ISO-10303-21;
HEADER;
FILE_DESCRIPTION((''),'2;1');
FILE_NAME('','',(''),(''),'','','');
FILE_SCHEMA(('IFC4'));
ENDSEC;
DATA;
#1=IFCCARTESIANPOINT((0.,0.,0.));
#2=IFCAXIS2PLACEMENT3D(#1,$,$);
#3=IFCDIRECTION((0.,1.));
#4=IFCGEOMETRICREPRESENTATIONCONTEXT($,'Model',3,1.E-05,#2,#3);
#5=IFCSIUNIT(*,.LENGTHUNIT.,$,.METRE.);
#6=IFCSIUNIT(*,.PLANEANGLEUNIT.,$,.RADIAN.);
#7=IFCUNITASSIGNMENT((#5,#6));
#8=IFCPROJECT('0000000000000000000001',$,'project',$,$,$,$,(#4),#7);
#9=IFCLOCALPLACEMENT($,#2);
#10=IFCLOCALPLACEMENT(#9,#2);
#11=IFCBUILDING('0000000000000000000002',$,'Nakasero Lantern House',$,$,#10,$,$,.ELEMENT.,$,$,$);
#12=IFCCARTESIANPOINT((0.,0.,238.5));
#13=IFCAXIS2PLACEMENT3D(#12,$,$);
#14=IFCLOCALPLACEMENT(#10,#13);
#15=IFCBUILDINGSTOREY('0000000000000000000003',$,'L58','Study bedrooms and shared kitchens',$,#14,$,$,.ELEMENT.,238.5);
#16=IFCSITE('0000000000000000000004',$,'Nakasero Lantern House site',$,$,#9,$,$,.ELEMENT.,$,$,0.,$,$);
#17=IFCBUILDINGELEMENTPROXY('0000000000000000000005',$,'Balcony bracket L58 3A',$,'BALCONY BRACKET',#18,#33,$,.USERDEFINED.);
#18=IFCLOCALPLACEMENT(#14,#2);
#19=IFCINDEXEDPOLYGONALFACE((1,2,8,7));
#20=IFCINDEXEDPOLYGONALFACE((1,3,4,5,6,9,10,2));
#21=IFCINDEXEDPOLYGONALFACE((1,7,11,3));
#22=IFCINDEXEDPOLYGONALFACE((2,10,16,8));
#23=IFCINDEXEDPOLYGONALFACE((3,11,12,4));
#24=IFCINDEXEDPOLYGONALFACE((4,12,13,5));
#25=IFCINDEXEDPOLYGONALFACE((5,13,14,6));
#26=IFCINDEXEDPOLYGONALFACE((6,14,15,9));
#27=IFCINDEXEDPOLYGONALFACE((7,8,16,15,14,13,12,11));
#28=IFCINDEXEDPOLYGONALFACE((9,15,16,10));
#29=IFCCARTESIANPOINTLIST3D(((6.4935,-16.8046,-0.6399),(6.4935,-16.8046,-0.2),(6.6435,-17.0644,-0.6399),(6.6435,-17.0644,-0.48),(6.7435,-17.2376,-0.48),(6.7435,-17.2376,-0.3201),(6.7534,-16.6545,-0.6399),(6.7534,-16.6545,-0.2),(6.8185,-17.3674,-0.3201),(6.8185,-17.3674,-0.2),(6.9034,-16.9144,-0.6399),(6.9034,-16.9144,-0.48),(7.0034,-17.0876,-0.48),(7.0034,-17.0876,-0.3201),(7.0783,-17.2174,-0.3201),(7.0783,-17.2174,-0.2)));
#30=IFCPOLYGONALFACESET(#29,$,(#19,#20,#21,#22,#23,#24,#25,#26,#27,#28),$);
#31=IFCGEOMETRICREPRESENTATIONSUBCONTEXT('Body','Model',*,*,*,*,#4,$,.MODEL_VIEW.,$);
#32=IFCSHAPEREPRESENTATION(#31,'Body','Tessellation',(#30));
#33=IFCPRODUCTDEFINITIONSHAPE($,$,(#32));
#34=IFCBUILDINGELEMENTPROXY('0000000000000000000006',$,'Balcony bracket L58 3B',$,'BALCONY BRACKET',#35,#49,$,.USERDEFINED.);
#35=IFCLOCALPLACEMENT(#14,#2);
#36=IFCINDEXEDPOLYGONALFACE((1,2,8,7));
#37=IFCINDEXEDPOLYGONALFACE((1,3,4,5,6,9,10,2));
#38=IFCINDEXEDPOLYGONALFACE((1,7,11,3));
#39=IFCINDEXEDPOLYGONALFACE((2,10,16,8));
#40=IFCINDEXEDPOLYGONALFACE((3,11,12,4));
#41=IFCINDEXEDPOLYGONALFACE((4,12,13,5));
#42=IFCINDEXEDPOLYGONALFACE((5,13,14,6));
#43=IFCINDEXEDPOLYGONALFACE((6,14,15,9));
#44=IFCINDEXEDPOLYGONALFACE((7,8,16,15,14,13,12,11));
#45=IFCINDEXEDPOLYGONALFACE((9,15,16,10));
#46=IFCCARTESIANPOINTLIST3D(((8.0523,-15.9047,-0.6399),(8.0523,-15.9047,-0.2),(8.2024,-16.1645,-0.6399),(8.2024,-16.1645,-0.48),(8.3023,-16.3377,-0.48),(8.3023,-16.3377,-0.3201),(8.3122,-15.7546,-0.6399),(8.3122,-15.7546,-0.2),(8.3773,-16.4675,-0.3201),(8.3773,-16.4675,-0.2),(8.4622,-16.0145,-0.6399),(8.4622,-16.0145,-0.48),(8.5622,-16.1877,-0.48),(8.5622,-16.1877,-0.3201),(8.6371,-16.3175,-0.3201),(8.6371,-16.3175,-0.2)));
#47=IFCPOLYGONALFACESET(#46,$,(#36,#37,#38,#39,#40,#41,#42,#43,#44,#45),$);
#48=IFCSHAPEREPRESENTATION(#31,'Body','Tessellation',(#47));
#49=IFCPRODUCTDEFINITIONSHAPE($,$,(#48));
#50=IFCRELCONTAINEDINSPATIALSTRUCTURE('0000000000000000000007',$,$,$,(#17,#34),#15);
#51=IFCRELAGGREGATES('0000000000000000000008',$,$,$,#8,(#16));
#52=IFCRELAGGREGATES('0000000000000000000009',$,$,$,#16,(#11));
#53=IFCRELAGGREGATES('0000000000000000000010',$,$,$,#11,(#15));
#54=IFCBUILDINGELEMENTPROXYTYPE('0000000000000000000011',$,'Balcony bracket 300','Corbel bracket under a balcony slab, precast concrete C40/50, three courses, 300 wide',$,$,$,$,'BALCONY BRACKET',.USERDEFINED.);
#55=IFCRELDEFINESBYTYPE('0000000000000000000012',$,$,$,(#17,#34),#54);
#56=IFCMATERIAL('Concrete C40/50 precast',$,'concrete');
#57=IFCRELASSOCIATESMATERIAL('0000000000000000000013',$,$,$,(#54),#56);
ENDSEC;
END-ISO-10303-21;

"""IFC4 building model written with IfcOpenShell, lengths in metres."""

from ifc_helpers import new_model, si_unit, direction, frame, origin, place, context, subcontext, project, spatial, polyline, outline, extrude, material, type_object, element, save


model = new_model("IFC4")

# Units and contexts
model_context = context("Model", 3, precision=1e-05, world=origin(), true_north=direction((0.0, 1.0)))
body_context = subcontext(model_context, "Body", "Model", "MODEL_VIEW")
ifc_project = project(units=[si_unit("LENGTHUNIT", "METRE"), si_unit("PLANEANGLEUNIT", "RADIAN")], contexts=[model_context])

# Site, building, storey
site_placement = place(None, origin())
site = spatial("IfcSite", under=ifc_project, at=site_placement, Name="Nakasero Lantern House site", CompositionType="ELEMENT", RefElevation=0.0)
building_placement = place(site_placement, origin())
building = spatial("IfcBuilding", under=site, at=building_placement, Name="Nakasero Lantern House", CompositionType="ELEMENT")
storey_placement = place(building_placement, frame((0.0, 0.0, 238.5)))
storey = spatial("IfcBuildingStorey", under=building, at=storey_placement, Name="L58", Description="Study bedrooms and shared kitchens", CompositionType="ELEMENT", Elevation=238.5)

# Building element proxies
ifc_material_1 = material(Name="Concrete C40/50 precast", Category="concrete")
building_element_proxy_type = type_object("IfcBuildingElementProxyType", Name="Balcony bracket 300", Description="Corbel bracket under a balcony slab, precast concrete C40/50, three courses, 300 wide", ElementType="BALCONY BRACKET", PredefinedType="USERDEFINED", material=ifc_material_1)
for number, where, z_axis, x_axis, name in (
    (1, (6.6235, -16.7295, -0.2), (0.0, 0.0, 1.0), (0.5, -0.866025, 0.0), "Balcony bracket L58 3A"),
    (2, (8.1824, -15.8296, -0.2), (0.0, 0.0, 1.0), (0.5, -0.866025, 0.0), "Balcony bracket L58 3B"),
):
    element("IfcBuildingElementProxy", number, at=place(storey_placement, frame(where, z_axis=z_axis, x_axis=x_axis)), inside=storey, type_object=building_element_proxy_type, Name=name, ObjectType="BALCONY BRACKET", PredefinedType="USERDEFINED", context=body_context, shape_type="SweptSolid", body=[
        extrude(outline(polyline([(0.0, 0.0), (0.6499, 0.0), (0.6499, -0.1201), (0.5, -0.1201), (0.5, -0.28), (0.3, -0.28), (0.3, -0.4399), (0.0, -0.4399), (0.0, 0.0)])), frame((0.0, 0.1499, 0.0), z_axis=(0.0, -1.0, 0.0), x_axis=(1.0, 0.0, 0.0)), (0.0, 0.0, 1.0), 0.3),
    ])

save(model, "model.ifc")
